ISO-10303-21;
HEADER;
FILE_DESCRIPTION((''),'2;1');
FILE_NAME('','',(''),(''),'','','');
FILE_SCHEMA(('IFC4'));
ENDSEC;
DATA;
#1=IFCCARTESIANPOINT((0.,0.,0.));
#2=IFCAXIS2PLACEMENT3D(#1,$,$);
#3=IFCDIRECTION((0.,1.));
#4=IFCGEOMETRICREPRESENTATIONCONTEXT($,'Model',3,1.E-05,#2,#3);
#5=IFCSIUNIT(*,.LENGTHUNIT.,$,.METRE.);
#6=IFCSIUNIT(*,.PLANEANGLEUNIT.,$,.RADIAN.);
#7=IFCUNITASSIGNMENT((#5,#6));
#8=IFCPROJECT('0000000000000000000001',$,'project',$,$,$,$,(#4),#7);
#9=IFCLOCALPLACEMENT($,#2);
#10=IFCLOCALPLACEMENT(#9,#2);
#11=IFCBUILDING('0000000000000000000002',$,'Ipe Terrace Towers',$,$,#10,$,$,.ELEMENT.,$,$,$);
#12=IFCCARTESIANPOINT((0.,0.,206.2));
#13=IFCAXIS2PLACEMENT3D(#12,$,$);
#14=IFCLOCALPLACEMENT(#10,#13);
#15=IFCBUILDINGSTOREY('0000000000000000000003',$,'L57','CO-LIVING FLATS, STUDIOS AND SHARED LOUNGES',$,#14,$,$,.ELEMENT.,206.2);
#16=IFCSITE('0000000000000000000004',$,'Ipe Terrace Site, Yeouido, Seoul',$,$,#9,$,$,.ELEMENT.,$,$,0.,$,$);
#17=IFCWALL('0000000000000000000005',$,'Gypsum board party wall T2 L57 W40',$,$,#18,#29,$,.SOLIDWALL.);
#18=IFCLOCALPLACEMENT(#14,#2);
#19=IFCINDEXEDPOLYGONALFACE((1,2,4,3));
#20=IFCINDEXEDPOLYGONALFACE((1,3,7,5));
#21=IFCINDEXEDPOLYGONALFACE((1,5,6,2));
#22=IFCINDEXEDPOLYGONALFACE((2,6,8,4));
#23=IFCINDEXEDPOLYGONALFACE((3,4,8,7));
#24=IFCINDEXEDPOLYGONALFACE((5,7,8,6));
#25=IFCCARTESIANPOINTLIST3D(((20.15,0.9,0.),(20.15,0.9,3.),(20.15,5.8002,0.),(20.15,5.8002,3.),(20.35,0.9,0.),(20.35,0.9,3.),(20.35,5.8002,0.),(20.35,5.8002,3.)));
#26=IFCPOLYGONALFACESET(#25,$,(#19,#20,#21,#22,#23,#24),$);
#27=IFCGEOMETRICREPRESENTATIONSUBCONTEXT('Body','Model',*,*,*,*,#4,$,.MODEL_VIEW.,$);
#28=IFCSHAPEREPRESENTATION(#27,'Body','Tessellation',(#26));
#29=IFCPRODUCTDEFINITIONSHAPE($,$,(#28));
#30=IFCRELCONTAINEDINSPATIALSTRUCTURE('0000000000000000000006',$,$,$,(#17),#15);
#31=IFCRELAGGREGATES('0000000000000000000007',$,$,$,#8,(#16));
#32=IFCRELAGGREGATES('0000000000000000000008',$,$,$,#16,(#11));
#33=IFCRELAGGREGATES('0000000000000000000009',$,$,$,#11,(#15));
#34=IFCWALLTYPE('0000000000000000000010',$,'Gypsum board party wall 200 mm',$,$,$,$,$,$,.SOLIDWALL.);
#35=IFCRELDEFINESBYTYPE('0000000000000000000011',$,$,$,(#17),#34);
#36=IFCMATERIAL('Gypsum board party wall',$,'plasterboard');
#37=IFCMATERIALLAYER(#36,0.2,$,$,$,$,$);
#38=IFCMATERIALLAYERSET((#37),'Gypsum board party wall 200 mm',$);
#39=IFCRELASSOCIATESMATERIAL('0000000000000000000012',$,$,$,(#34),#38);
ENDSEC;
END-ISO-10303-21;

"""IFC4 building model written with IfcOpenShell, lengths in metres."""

from ifc_helpers import new_model, si_unit, direction, frame, frame_2d, origin, place, context, subcontext, project, spatial, rectangle, extrude, material, layer, layer_set, type_object, element, save


model = new_model("IFC4")

# Units and contexts
model_context = context("Model", 3, precision=1e-05, world=origin(), true_north=direction((0.0, 1.0)))
body_context = subcontext(model_context, "Body", "Model", "MODEL_VIEW")
ifc_project = project(units=[si_unit("LENGTHUNIT", "METRE"), si_unit("PLANEANGLEUNIT", "RADIAN")], contexts=[model_context])

# Site, building, storey
site_placement = place(None, origin())
site = spatial("IfcSite", under=ifc_project, at=site_placement, Name="Ipe Terrace Site, Yeouido, Seoul", CompositionType="ELEMENT", RefElevation=0.0)
building_placement = place(site_placement, origin())
building = spatial("IfcBuilding", under=site, at=building_placement, Name="Ipe Terrace Towers", CompositionType="ELEMENT")
storey_placement = place(building_placement, frame((0.0, 0.0, 206.2)))
storey = spatial("IfcBuildingStorey", under=building, at=storey_placement, Name="L57", Description="CO-LIVING FLATS, STUDIOS AND SHARED LOUNGES", CompositionType="ELEMENT", Elevation=206.2)

# Wall
ifc_material_1 = material(Name="Gypsum board party wall", Category="plasterboard")
ifc_layer_1 = layer(ifc_material_1, 0.2)
ifc_layer_set_1 = layer_set([ifc_layer_1], Name="Gypsum board party wall 200 mm")
wall_type_1 = type_object("IfcWallType", Name="Gypsum board party wall 200 mm", PredefinedType="SOLIDWALL", material=ifc_layer_set_1)
wall_1_placement = place(storey_placement, frame((20.25, 0.8999, 0.0), z_axis=(0.0, 0.0, 1.0), x_axis=(0.0, 1.0, 0.0)))
element("IfcWall", 1, at=wall_1_placement, inside=storey, type_object=wall_type_1, Name="Gypsum board party wall T2 L57 W40", PredefinedType="SOLIDWALL", context=body_context, shape_type="SweptSolid", body=[
    extrude(rectangle(XDim=4.9001, YDim=0.2, at=frame_2d((2.4502, 0.0))), origin(), (0.0, 0.0, 1.0), 3.0),
])

save(model, "model.ifc")
